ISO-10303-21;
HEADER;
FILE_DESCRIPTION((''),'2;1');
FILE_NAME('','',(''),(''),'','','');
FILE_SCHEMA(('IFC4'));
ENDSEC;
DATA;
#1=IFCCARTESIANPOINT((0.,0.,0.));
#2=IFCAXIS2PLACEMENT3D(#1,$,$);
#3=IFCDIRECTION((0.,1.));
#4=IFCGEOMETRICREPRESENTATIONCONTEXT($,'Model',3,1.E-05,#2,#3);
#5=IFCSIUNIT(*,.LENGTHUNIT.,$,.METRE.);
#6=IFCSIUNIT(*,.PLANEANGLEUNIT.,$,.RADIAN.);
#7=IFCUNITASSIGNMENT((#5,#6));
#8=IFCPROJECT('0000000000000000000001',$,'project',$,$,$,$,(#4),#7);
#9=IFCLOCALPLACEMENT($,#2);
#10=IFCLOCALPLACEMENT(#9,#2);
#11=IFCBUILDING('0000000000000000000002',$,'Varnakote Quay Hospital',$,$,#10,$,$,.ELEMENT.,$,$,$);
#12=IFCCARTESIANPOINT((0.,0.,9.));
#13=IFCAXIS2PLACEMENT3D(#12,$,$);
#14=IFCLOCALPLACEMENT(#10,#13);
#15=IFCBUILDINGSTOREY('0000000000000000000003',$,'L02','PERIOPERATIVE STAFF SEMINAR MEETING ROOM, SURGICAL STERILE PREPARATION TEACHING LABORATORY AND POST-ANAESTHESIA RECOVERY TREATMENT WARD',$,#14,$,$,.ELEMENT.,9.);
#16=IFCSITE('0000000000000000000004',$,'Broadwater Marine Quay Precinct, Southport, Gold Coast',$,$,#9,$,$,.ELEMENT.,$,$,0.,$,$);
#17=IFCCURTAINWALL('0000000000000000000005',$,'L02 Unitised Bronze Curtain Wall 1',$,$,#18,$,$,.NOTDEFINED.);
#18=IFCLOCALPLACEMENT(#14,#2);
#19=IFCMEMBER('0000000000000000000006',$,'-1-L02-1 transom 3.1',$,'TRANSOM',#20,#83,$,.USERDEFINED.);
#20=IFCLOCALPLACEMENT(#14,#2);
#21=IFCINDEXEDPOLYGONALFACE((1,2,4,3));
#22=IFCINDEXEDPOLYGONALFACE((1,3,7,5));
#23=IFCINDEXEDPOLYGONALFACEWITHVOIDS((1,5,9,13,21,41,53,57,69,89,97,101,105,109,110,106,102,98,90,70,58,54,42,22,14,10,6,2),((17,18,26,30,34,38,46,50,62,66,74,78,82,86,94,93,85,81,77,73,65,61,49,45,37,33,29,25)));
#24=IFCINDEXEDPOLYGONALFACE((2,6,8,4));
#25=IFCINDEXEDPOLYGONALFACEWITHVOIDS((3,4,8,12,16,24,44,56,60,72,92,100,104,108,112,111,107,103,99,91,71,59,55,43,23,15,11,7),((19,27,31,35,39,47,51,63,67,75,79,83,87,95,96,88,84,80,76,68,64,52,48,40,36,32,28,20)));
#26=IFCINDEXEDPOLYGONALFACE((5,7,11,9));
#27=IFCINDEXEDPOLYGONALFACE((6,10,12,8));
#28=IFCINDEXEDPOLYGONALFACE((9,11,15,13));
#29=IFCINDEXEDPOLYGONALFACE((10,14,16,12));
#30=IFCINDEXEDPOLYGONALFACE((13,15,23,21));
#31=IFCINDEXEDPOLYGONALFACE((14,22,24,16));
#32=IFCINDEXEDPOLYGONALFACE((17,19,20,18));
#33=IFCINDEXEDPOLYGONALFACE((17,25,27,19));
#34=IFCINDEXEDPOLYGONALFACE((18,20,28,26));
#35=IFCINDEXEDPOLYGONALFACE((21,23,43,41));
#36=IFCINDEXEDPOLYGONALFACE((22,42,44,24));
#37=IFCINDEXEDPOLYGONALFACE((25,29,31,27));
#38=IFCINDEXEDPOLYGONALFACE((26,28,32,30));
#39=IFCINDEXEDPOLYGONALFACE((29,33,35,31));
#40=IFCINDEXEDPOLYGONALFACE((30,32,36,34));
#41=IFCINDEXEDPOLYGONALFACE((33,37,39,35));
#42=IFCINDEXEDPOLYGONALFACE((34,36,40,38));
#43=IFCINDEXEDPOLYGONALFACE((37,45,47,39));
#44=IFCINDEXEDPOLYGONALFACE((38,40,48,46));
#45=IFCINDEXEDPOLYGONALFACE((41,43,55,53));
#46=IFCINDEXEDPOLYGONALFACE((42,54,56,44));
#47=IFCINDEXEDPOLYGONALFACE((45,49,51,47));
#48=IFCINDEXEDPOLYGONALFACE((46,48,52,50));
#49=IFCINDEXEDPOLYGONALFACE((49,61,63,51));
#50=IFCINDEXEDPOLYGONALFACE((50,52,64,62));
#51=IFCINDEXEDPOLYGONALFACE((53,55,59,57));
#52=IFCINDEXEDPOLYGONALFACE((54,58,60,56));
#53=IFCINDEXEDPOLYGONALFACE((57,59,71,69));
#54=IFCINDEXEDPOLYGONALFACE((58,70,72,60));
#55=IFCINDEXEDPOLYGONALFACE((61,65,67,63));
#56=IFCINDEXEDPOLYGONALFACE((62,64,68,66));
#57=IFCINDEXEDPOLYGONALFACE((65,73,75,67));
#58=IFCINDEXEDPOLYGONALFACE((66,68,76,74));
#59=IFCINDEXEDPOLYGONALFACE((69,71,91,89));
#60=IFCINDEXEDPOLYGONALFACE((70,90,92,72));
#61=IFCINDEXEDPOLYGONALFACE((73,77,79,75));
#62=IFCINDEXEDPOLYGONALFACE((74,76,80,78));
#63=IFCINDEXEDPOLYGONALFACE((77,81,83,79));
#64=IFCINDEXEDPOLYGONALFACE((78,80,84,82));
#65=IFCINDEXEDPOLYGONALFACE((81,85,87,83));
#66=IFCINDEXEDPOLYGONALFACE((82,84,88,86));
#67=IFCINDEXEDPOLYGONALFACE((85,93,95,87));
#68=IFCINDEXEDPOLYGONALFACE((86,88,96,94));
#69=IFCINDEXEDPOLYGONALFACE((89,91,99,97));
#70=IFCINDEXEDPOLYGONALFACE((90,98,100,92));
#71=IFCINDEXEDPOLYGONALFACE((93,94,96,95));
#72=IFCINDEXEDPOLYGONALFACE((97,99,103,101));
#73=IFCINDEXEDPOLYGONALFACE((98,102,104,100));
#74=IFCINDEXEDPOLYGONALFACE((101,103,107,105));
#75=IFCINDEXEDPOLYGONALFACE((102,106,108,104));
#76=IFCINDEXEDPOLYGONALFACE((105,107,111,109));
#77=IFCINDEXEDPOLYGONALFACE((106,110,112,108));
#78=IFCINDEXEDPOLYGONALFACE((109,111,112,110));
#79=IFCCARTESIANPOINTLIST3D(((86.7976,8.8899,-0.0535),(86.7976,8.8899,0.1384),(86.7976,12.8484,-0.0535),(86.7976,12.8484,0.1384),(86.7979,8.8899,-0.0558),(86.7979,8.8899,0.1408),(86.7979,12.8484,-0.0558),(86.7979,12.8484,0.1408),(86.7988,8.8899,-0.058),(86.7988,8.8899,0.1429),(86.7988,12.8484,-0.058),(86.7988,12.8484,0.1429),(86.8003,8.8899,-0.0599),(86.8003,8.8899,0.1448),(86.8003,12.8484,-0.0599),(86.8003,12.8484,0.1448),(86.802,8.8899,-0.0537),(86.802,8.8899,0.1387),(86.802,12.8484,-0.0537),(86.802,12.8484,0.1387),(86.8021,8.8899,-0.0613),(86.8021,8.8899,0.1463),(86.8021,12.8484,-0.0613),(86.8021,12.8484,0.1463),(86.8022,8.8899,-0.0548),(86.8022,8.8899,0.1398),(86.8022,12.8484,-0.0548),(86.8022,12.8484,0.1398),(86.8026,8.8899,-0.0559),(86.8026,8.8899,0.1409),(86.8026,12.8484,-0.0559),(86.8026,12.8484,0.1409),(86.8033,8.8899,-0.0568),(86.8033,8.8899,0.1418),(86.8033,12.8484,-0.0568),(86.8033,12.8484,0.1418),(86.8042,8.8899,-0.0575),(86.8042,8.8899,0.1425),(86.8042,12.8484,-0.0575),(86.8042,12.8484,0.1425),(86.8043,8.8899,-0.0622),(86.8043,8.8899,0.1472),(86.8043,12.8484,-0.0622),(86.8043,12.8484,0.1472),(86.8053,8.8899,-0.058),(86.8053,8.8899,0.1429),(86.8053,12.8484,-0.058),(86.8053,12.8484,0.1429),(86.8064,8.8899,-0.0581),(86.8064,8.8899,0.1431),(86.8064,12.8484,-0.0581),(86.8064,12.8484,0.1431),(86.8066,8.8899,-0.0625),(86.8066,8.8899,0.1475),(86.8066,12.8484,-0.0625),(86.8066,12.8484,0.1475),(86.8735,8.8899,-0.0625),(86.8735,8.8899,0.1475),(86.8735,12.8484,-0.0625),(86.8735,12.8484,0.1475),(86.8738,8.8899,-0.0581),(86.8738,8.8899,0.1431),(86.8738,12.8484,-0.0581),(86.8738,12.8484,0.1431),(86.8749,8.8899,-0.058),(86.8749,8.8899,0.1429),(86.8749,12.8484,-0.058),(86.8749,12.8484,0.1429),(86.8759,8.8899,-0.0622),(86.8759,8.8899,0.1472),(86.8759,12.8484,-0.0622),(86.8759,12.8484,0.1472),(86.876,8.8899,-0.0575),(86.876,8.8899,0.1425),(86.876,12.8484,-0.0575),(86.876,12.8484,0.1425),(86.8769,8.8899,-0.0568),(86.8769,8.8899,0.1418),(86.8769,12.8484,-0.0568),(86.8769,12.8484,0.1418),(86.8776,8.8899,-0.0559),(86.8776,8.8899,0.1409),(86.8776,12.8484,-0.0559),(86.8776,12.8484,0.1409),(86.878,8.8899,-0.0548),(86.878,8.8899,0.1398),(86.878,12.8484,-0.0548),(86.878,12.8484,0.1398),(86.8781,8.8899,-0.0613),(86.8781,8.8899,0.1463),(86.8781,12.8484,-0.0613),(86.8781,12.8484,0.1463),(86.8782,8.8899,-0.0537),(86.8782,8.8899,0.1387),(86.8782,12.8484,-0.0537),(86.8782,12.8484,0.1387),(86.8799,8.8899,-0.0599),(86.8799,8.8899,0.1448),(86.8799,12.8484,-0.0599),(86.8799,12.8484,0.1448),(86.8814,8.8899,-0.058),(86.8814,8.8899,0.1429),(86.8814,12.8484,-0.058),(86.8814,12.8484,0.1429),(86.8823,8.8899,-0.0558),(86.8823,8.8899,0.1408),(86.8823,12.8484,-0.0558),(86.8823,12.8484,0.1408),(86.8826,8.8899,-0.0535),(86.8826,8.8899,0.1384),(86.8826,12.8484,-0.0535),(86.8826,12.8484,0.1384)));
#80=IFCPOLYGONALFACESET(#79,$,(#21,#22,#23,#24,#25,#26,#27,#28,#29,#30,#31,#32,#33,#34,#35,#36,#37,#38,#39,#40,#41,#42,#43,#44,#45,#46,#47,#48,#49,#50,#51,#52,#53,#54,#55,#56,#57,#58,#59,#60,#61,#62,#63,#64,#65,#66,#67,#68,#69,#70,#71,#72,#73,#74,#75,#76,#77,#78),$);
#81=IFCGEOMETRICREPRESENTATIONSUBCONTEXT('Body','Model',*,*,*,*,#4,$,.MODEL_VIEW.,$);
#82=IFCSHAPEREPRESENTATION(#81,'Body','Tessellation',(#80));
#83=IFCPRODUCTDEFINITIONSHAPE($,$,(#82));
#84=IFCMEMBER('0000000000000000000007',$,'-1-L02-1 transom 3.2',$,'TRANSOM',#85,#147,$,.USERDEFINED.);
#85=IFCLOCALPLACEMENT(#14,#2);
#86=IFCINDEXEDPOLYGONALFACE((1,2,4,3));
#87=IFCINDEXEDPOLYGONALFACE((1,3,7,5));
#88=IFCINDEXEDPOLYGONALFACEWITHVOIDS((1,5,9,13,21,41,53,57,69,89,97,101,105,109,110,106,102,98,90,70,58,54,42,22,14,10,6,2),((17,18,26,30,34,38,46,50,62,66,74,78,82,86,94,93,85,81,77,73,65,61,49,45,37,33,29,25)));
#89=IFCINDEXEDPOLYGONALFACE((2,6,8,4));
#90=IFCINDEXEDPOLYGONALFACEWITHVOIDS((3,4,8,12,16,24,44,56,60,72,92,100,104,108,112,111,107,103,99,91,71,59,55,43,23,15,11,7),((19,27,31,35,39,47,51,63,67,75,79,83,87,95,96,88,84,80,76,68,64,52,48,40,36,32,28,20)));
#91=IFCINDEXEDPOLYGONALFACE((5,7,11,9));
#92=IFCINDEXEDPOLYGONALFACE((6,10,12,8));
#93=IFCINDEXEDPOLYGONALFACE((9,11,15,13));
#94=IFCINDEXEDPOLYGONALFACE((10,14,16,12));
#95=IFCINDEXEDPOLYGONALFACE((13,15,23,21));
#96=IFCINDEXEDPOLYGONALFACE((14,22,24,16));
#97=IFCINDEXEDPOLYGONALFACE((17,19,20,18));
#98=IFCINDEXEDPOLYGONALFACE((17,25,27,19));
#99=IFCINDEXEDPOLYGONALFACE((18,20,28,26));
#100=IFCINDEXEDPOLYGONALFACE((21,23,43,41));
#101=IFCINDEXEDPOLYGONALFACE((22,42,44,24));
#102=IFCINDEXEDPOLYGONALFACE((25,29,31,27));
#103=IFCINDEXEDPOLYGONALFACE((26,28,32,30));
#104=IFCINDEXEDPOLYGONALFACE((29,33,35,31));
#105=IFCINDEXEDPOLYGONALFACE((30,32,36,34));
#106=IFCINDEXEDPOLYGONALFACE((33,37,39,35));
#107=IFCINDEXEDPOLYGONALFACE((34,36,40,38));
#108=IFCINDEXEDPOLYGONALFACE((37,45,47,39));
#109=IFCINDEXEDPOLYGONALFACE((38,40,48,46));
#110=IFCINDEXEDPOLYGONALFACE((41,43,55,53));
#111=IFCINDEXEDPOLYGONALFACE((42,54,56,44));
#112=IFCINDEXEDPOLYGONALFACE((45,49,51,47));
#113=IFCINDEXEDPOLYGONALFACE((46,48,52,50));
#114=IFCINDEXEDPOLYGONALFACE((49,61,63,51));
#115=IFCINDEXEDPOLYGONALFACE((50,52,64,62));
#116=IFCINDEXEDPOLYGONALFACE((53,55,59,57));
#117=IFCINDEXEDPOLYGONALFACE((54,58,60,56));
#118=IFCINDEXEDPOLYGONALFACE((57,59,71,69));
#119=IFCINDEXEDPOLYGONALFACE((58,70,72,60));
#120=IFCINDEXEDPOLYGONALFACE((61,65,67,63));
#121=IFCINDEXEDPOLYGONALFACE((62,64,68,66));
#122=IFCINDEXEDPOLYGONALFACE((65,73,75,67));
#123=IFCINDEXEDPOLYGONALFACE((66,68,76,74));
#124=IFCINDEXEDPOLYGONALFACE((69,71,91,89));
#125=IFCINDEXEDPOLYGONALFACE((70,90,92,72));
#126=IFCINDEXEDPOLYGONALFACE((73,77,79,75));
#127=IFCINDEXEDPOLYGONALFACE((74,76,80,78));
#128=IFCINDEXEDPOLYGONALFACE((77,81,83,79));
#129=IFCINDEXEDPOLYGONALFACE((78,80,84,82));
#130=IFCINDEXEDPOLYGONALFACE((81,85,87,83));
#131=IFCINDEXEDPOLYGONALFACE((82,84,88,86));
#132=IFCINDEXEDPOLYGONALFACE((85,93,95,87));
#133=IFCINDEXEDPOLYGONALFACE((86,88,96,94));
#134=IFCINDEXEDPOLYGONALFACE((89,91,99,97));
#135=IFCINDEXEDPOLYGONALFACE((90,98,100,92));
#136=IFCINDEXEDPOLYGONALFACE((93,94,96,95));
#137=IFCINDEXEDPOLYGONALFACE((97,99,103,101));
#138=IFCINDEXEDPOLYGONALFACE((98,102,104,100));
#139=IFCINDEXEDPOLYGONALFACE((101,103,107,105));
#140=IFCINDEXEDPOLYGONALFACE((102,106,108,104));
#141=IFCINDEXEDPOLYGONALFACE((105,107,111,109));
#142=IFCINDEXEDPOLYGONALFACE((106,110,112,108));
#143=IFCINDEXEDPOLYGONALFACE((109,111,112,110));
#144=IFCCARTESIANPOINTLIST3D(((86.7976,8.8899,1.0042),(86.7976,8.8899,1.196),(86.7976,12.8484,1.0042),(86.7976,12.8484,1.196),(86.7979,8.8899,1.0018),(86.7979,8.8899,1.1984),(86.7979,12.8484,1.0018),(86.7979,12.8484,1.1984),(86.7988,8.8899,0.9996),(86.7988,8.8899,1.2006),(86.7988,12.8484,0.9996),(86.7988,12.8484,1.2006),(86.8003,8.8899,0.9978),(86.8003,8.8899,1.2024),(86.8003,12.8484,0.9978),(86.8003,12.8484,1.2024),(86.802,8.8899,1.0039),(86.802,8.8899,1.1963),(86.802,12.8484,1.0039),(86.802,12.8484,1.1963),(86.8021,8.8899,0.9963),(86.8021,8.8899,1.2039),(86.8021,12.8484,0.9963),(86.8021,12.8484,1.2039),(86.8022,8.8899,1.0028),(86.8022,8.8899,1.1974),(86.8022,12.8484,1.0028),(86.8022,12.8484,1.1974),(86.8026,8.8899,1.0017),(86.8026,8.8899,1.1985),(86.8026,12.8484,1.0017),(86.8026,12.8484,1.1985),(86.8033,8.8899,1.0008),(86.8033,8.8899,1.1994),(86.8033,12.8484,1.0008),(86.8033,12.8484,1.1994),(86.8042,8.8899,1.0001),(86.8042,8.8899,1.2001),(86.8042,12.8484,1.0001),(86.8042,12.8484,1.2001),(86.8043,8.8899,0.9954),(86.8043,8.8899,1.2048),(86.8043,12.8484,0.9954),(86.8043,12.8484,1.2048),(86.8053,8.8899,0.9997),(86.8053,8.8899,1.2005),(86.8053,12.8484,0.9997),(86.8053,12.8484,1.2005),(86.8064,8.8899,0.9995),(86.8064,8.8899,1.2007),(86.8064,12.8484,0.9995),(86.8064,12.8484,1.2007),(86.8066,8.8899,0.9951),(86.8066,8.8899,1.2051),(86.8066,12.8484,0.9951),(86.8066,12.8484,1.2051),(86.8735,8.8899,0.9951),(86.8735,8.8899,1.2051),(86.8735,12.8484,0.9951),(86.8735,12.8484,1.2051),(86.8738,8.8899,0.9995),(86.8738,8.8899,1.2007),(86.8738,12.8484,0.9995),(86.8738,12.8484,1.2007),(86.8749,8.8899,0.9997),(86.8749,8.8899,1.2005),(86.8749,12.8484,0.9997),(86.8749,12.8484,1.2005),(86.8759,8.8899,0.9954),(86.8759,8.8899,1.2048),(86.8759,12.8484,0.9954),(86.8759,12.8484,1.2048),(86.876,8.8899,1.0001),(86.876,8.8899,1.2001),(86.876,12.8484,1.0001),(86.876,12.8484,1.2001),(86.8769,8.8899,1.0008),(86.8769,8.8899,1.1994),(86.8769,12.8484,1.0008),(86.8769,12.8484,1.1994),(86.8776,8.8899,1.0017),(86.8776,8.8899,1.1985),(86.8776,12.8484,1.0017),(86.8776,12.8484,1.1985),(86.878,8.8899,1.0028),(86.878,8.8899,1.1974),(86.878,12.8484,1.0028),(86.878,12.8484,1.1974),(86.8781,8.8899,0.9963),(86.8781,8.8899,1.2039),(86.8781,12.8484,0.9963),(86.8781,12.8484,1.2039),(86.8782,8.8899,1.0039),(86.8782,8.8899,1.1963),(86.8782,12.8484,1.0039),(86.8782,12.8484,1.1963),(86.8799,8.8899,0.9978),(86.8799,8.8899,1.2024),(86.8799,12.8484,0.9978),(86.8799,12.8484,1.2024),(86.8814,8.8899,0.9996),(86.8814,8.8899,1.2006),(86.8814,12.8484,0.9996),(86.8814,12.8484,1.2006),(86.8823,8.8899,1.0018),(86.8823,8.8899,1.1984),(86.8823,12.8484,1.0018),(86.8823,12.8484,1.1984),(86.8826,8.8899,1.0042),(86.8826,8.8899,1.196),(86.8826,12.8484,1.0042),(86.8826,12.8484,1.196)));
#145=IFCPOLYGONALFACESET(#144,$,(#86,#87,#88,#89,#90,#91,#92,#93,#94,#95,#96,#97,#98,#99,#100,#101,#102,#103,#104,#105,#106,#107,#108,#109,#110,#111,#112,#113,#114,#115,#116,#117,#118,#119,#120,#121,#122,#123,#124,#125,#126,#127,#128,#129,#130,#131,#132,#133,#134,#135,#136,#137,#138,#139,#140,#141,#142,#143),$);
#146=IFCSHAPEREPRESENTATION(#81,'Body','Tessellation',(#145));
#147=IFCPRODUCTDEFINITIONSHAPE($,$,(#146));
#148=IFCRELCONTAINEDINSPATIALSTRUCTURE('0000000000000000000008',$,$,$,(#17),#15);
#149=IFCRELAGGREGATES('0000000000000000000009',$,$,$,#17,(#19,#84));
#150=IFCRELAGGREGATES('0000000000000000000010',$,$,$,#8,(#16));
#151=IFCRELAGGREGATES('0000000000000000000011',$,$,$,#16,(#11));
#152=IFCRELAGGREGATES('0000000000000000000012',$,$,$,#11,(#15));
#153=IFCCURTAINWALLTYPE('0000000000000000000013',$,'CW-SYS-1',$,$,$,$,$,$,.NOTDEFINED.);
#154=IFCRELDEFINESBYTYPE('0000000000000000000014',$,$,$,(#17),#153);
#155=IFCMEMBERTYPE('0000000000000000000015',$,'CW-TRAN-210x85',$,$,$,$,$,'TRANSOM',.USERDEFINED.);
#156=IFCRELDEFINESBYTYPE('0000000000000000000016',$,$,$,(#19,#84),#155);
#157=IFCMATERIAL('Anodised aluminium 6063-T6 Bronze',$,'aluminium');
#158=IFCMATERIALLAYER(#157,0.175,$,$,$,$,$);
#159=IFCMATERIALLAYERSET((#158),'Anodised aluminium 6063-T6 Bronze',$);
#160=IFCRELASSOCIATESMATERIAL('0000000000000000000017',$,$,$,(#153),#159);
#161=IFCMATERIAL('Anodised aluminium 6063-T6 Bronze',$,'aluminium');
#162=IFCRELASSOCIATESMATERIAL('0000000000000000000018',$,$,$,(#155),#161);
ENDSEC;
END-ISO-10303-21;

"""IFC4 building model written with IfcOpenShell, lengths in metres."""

from ifc_helpers import new_model, si_unit, direction, frame, origin, origin_2d, place, context, subcontext, project, spatial, hollow_rectangle, extrude, material, layer, layer_set, material_profile, profile_set, type_object, element, aggregate, save


model = new_model("IFC4")

# Units and contexts
model_context = context("Model", 3, precision=1e-05, world=origin(), true_north=direction((0.0, 1.0)))
body_context = subcontext(model_context, "Body", "Model", "MODEL_VIEW")
ifc_project = project(units=[si_unit("LENGTHUNIT", "METRE"), si_unit("PLANEANGLEUNIT", "RADIAN")], contexts=[model_context])

# Site, building, storey
site_placement = place(None, origin())
site = spatial("IfcSite", under=ifc_project, at=site_placement, Name="Broadwater Marine Quay Precinct, Southport, Gold Coast", CompositionType="ELEMENT", RefElevation=0.0)
building_placement = place(site_placement, origin())
building = spatial("IfcBuilding", under=site, at=building_placement, Name="Varnakote Quay Hospital", CompositionType="ELEMENT")
storey_placement = place(building_placement, frame((0.0, 0.0, 9.0)))
storey = spatial("IfcBuildingStorey", under=building, at=storey_placement, Name="L02", Description="PERIOPERATIVE STAFF SEMINAR MEETING ROOM, SURGICAL STERILE PREPARATION TEACHING LABORATORY AND POST-ANAESTHESIA RECOVERY TREATMENT WARD", CompositionType="ELEMENT", Elevation=9.0)

# Curtain wall, members
ifc_material_1 = material(Name="Anodised aluminium 6063-T6 Bronze", Category="aluminium")
ifc_layer_1 = layer(ifc_material_1, 0.175)
ifc_layer_set_1 = layer_set([ifc_layer_1], Name="Anodised aluminium 6063-T6 Bronze")
curtain_wall_type = type_object("IfcCurtainWallType", Name="CW-SYS-1", PredefinedType="NOTDEFINED", material=ifc_layer_set_1)
curtain_wall_placement = place(storey_placement, origin())
curtain_wall = element("IfcCurtainWall", 1, at=curtain_wall_placement, inside=storey, type_object=curtain_wall_type, Name="L02 Unitised Bronze Curtain Wall 1", PredefinedType="NOTDEFINED")
ifc_material_2 = material(Name="Anodised aluminium 6063-T6 Bronze", Category="aluminium")
ifc_material_profile_1 = material_profile(ifc_material_2, hollow_rectangle(XDim=0.085, YDim=0.21, WallThickness=0.0044, InnerFilletRadius=0.0044, OuterFilletRadius=0.009, at=origin_2d()), Name="CW-TRAN-210x85")
ifc_profile_set_1 = profile_set([ifc_material_profile_1], Name="Anodised aluminium 6063-T6 Bronze")
member_type_1 = type_object("IfcMemberType", Name="CW-TRAN-210x85", ElementType="TRANSOM", PredefinedType="USERDEFINED", material=ifc_profile_set_1)
member_1_placement = place(storey_placement, frame((86.8401, 8.8899, 0.0425), z_axis=(0.0, 1.0, 0.0), x_axis=(-1.0, 0.0, 0.0)))
member_1 = element("IfcMember", 2, at=member_1_placement, type_object=member_type_1, Name="-1-L02-1 transom 3.1", ObjectType="TRANSOM", PredefinedType="USERDEFINED", context=body_context, shape_type="SweptSolid", body=[
    extrude(hollow_rectangle(XDim=0.085, YDim=0.21, WallThickness=0.0044, InnerFilletRadius=0.0044, OuterFilletRadius=0.009, at=origin_2d()), origin(), (0.0, 0.0, 1.0), 3.9585),
])
member_2_placement = place(storey_placement, frame((86.8401, 8.8899, 1.1001), z_axis=(0.0, 1.0, 0.0), x_axis=(-1.0, 0.0, 0.0)))
member_2 = element("IfcMember", 3, at=member_2_placement, type_object=member_type_1, Name="-1-L02-1 transom 3.2", ObjectType="TRANSOM", PredefinedType="USERDEFINED", context=body_context, shape_type="SweptSolid", body=[
    extrude(hollow_rectangle(XDim=0.085, YDim=0.21, WallThickness=0.0044, InnerFilletRadius=0.0044, OuterFilletRadius=0.009, at=origin_2d()), origin(), (0.0, 0.0, 1.0), 3.9585),
])
aggregate(curtain_wall, [member_1, member_2])

save(model, "model.ifc")
